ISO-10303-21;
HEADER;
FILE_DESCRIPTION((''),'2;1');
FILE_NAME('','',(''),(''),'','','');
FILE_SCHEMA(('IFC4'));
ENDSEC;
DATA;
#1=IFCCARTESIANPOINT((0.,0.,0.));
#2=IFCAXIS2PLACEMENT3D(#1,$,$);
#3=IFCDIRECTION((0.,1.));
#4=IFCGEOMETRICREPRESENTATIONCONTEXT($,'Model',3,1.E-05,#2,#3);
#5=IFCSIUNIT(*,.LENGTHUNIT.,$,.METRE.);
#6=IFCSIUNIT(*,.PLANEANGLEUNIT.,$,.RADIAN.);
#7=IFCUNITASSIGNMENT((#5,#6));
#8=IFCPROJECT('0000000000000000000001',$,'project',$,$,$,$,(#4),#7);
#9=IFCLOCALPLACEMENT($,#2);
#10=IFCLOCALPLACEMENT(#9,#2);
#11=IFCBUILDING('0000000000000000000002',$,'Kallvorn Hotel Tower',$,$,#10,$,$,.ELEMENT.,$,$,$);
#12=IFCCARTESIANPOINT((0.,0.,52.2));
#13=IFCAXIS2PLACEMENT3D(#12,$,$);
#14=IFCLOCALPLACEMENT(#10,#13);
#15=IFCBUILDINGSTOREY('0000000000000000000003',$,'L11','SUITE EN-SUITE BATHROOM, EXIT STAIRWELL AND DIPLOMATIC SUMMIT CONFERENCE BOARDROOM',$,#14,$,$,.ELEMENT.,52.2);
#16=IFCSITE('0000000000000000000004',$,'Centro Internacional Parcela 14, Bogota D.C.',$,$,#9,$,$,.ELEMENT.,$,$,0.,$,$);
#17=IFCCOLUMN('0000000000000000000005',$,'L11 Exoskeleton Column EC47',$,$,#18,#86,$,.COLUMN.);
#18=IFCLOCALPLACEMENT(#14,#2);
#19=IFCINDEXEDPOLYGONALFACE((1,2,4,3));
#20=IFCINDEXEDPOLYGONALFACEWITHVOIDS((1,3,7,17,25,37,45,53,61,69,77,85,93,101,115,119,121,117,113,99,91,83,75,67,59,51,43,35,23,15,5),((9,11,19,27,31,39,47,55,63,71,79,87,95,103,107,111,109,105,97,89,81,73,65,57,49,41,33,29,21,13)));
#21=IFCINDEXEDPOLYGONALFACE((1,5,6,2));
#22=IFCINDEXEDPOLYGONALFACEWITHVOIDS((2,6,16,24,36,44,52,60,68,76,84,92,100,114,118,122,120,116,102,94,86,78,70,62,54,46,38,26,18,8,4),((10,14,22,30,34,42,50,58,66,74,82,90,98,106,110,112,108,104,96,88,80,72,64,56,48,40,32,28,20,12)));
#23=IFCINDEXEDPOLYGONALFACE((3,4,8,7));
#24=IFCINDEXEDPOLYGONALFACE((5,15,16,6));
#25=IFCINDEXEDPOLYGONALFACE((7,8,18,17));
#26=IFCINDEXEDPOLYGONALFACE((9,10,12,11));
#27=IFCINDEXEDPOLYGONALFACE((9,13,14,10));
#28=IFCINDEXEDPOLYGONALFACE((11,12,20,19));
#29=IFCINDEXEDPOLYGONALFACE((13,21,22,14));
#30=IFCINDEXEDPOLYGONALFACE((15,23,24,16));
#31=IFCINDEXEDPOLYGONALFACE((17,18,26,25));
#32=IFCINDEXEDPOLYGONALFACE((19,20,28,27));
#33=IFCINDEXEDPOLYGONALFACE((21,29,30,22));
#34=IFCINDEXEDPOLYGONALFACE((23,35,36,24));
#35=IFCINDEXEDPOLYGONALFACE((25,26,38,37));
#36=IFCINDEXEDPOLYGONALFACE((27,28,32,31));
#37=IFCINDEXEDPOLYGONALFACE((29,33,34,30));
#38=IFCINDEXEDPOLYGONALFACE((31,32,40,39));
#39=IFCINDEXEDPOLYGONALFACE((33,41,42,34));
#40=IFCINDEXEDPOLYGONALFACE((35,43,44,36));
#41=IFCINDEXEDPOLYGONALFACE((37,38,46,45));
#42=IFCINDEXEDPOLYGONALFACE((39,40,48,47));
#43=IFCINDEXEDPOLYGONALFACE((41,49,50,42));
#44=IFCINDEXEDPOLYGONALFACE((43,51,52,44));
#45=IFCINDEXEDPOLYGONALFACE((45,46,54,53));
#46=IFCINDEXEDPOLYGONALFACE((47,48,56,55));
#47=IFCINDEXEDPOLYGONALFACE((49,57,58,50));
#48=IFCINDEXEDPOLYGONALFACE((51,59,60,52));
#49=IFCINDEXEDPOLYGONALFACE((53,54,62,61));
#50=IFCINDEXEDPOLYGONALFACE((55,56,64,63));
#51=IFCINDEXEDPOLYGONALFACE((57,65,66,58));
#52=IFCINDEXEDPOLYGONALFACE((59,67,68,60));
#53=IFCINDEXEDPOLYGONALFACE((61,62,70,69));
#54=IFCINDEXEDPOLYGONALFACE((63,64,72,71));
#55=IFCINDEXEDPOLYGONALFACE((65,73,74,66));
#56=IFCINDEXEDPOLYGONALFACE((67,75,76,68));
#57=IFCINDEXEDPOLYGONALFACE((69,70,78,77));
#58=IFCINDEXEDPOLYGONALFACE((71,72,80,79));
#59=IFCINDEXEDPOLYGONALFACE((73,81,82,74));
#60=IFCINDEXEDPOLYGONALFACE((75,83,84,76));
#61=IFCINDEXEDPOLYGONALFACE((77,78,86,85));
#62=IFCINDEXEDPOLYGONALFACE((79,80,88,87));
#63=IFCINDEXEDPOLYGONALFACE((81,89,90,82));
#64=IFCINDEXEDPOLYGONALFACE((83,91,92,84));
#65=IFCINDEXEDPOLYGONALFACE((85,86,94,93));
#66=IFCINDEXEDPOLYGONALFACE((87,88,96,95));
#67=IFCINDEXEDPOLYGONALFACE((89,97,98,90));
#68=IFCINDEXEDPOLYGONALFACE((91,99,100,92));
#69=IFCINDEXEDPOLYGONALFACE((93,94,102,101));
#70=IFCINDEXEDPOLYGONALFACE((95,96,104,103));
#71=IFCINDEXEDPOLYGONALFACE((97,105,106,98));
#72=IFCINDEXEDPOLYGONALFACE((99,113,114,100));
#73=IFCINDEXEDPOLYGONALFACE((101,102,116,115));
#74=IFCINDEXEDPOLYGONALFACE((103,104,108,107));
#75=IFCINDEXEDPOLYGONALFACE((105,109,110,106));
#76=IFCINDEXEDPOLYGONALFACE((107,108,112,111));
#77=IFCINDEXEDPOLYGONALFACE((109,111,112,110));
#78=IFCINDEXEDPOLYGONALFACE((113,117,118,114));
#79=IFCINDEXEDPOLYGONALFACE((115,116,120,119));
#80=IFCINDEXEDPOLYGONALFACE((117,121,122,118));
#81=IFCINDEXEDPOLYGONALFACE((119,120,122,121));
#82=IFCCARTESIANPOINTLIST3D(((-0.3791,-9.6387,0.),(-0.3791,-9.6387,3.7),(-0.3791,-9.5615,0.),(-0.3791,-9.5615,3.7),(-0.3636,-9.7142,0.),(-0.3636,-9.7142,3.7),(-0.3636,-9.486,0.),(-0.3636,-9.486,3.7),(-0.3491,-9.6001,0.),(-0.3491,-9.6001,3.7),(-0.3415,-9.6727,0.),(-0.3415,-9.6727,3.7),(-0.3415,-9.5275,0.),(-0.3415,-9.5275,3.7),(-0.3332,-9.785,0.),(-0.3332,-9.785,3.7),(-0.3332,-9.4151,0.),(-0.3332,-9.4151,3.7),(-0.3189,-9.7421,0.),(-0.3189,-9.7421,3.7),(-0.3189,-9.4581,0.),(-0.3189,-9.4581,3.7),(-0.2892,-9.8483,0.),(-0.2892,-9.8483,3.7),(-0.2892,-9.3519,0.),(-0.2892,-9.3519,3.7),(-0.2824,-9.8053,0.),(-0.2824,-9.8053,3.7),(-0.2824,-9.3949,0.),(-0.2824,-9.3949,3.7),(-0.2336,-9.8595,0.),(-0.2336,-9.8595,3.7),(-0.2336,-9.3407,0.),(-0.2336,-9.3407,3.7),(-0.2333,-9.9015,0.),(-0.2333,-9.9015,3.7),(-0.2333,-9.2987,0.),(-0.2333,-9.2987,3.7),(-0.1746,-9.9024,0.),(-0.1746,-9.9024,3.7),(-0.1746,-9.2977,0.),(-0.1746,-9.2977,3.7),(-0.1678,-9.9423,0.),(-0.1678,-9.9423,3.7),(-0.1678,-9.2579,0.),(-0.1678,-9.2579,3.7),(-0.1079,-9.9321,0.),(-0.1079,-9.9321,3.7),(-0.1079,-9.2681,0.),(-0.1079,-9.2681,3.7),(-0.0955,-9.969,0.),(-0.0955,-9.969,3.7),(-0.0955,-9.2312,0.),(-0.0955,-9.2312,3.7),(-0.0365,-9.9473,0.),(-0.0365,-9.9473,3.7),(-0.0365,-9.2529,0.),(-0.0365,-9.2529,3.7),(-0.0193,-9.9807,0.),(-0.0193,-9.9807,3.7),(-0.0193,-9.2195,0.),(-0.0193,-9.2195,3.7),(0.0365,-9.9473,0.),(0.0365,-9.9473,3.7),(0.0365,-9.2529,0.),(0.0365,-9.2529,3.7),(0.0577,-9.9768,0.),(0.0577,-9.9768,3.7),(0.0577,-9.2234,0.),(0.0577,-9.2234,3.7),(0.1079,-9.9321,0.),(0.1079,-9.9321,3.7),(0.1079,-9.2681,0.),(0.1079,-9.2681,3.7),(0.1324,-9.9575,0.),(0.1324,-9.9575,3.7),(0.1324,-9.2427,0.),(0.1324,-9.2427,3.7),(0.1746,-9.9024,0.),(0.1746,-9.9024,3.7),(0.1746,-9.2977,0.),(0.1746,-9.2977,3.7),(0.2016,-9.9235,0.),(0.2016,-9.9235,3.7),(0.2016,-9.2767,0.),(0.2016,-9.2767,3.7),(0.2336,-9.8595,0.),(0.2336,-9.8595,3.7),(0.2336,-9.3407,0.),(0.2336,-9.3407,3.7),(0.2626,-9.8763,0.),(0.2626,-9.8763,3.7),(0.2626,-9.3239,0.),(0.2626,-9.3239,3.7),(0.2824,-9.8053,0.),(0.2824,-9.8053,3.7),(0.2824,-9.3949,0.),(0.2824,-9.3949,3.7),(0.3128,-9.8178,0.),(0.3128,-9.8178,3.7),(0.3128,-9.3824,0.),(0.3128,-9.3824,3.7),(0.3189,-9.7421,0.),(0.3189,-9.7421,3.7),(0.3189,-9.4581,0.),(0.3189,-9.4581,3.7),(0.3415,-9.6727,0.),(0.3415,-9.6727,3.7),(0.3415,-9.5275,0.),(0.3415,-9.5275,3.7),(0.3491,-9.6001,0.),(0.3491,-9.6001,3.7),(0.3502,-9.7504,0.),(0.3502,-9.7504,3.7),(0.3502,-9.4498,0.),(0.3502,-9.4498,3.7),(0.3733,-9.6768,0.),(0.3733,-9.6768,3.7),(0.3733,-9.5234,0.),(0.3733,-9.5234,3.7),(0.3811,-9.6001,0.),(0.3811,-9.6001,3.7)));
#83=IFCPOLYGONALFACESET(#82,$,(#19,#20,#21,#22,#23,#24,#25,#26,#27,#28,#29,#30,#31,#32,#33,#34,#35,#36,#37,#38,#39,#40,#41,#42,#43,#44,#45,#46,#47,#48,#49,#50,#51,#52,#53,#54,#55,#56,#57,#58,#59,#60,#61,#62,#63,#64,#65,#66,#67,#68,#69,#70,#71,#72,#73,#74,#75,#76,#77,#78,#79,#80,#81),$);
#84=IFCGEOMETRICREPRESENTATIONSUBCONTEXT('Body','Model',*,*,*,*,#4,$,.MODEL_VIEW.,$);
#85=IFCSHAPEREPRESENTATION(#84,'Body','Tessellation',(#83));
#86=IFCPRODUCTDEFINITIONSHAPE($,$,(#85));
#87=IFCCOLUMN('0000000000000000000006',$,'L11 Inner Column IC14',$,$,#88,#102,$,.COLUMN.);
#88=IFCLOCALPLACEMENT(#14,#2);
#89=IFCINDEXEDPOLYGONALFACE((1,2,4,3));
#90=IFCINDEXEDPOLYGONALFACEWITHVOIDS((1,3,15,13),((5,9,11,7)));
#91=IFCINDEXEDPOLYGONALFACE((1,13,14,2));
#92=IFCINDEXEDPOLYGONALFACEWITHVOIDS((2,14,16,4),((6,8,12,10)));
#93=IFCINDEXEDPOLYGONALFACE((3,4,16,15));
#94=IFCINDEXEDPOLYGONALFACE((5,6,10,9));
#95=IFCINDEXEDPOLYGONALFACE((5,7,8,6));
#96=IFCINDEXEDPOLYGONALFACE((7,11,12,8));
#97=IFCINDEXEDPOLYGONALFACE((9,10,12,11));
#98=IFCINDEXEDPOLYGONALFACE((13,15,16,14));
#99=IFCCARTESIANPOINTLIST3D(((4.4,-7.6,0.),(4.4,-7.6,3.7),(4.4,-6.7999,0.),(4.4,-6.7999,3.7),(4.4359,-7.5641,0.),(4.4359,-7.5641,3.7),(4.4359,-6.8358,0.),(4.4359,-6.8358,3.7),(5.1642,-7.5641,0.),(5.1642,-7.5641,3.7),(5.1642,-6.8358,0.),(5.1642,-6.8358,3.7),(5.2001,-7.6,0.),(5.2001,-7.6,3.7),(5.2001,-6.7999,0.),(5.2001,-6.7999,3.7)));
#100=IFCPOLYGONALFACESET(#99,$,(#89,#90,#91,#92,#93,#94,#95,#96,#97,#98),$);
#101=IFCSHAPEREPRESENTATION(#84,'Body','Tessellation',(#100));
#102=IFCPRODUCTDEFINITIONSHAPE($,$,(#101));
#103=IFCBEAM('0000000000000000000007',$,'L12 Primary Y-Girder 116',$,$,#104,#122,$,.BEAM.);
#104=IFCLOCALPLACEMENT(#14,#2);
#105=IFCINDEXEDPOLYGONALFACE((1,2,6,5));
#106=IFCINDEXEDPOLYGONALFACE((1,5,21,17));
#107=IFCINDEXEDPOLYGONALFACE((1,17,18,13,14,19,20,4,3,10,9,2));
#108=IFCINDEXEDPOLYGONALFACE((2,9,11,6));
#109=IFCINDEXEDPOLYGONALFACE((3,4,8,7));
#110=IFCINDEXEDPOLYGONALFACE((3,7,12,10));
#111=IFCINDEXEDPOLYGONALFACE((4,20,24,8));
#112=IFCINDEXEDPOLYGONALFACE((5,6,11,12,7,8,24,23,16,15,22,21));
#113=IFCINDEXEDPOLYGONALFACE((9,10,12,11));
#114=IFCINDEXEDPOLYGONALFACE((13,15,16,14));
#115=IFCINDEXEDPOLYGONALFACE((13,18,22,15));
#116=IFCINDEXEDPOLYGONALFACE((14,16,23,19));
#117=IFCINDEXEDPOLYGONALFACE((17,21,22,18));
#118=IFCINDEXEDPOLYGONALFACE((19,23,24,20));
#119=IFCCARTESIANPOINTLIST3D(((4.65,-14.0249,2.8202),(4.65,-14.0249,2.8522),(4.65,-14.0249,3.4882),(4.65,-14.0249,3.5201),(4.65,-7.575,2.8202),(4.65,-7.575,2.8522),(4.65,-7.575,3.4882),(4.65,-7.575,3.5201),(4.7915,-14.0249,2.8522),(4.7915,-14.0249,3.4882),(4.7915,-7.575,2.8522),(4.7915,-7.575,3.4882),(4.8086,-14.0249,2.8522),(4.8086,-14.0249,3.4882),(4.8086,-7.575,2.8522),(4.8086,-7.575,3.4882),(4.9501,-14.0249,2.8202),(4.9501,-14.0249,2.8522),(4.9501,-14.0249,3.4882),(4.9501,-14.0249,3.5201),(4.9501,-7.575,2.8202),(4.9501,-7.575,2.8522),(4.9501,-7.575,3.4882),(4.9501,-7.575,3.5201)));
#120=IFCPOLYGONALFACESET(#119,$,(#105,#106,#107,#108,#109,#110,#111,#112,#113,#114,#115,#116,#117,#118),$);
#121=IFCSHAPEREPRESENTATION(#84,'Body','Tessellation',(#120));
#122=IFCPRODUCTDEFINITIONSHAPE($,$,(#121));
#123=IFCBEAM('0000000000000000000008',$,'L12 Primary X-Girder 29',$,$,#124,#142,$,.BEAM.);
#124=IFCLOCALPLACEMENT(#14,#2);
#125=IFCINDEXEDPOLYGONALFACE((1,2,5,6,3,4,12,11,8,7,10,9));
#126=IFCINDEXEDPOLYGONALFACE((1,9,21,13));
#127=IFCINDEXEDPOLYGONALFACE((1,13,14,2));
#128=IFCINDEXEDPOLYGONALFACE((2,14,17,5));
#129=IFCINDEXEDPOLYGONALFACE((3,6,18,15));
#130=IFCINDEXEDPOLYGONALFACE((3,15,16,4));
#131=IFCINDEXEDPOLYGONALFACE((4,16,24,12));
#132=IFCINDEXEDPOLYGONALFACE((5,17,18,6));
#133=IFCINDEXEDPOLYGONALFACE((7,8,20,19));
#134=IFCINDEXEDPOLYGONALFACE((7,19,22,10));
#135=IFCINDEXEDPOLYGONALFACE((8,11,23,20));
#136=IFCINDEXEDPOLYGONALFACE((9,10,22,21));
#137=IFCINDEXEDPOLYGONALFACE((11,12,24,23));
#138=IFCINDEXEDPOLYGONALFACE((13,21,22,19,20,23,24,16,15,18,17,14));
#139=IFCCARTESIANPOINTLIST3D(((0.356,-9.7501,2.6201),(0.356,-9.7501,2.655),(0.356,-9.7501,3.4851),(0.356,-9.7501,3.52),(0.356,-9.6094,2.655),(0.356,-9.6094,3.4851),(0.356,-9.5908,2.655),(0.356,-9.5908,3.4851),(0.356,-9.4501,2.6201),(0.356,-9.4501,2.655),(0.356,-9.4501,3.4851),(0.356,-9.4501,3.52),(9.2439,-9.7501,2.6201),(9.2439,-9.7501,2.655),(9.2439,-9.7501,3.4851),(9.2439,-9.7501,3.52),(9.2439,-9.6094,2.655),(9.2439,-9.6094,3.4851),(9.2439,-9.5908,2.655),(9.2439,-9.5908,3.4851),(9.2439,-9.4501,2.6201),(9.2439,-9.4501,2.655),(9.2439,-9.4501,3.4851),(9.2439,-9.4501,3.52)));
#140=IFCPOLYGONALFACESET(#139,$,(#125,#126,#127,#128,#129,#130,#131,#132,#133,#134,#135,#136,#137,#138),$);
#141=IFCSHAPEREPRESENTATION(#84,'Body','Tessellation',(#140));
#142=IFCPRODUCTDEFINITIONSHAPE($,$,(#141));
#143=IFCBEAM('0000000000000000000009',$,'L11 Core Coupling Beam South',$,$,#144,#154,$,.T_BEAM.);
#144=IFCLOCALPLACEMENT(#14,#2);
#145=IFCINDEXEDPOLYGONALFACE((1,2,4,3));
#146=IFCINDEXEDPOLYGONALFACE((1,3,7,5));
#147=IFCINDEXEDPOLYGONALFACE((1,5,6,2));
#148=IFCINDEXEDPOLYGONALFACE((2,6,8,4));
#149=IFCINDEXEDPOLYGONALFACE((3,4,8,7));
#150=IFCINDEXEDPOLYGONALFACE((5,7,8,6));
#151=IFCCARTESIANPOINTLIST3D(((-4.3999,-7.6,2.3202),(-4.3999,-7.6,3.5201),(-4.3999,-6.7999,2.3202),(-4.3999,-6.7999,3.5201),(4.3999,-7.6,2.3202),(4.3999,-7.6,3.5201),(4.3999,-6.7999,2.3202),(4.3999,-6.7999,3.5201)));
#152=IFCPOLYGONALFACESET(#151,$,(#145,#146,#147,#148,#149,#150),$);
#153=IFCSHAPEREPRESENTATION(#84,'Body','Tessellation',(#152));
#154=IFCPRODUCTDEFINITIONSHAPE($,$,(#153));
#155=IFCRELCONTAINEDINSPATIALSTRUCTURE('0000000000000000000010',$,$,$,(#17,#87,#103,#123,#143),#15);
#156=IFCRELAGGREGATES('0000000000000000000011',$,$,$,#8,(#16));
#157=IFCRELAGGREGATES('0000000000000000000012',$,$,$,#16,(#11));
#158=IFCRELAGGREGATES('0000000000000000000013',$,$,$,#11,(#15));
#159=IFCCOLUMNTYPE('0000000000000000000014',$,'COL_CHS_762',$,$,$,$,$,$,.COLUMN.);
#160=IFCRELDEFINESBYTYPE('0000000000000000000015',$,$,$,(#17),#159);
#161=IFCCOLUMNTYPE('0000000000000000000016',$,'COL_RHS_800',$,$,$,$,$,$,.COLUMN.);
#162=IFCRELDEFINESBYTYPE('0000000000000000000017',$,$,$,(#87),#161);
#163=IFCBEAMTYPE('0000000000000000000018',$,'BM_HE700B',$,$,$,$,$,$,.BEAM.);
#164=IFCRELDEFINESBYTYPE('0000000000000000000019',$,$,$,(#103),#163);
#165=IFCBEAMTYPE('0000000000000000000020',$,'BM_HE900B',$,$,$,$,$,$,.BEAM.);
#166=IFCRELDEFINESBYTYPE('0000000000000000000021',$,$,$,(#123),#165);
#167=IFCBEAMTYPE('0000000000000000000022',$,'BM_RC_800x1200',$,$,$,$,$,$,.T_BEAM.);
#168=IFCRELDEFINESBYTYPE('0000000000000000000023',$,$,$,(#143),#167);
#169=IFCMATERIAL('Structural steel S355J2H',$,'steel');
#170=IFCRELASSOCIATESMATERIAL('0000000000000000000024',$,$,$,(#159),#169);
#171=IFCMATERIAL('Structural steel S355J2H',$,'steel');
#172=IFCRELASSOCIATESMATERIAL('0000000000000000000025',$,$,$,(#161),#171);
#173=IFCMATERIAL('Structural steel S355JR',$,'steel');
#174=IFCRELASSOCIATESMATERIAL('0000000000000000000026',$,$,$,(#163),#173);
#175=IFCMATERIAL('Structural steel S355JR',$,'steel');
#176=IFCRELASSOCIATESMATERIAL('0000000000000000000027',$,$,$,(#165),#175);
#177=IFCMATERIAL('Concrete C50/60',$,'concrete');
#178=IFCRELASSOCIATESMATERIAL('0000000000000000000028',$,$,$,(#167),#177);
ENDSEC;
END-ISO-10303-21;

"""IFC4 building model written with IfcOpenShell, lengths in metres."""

from ifc_helpers import new_model, si_unit, direction, frame, origin, origin_2d, place, context, subcontext, project, spatial, rectangle, hollow_rectangle, hollow_circle, i_section, extrude, material, material_profile, profile_set, type_object, element, save


model = new_model("IFC4")

# Units and contexts
model_context = context("Model", 3, precision=1e-05, world=origin(), true_north=direction((0.0, 1.0)))
body_context = subcontext(model_context, "Body", "Model", "MODEL_VIEW")
ifc_project = project(units=[si_unit("LENGTHUNIT", "METRE"), si_unit("PLANEANGLEUNIT", "RADIAN")], contexts=[model_context])

# Site, building, storey
site_placement = place(None, origin())
site = spatial("IfcSite", under=ifc_project, at=site_placement, Name="Centro Internacional Parcela 14, Bogota D.C.", CompositionType="ELEMENT", RefElevation=0.0)
building_placement = place(site_placement, origin())
building = spatial("IfcBuilding", under=site, at=building_placement, Name="Kallvorn Hotel Tower", CompositionType="ELEMENT")
storey_placement = place(building_placement, frame((0.0, 0.0, 52.2)))
storey = spatial("IfcBuildingStorey", under=building, at=storey_placement, Name="L11", Description="SUITE EN-SUITE BATHROOM, EXIT STAIRWELL AND DIPLOMATIC SUMMIT CONFERENCE BOARDROOM", CompositionType="ELEMENT", Elevation=52.2)

# Columns
ifc_material_1 = material(Name="Structural steel S355J2H", Category="steel")
ifc_material_profile_1 = material_profile(ifc_material_1, hollow_circle(Radius=0.3811, WallThickness=0.032, at=origin_2d()), Name="CHS 762x32")
ifc_profile_set_1 = profile_set([ifc_material_profile_1], Name="Structural steel S355J2H")
column_type_1 = type_object("IfcColumnType", Name="COL_CHS_762", PredefinedType="COLUMN", material=ifc_profile_set_1)
column_1_placement = place(storey_placement, frame((0.0, -9.6001, 0.0), z_axis=(0.0, 0.0, 1.0), x_axis=(1.0, 0.0, 0.0)))
element("IfcColumn", 1, at=column_1_placement, inside=storey, type_object=column_type_1, Name="L11 Exoskeleton Column EC47", PredefinedType="COLUMN", context=body_context, shape_type="SweptSolid", body=[
    extrude(hollow_circle(Radius=0.3811, WallThickness=0.032, at=origin_2d()), origin(), (0.0, 0.0, 1.0), 3.7),
])
ifc_material_2 = material(Name="Structural steel S355J2H", Category="steel")
ifc_material_profile_2 = material_profile(ifc_material_2, hollow_rectangle(XDim=0.8, YDim=0.8, WallThickness=0.0359, at=origin_2d()), Name="RHS 800x800x36")
ifc_profile_set_2 = profile_set([ifc_material_profile_2], Name="Structural steel S355J2H")
column_type_2 = type_object("IfcColumnType", Name="COL_RHS_800", PredefinedType="COLUMN", material=ifc_profile_set_2)
column_2_placement = place(storey_placement, frame((4.8, -7.2, 0.0), z_axis=(0.0, 0.0, 1.0), x_axis=(1.0, 0.0, 0.0)))
element("IfcColumn", 2, at=column_2_placement, inside=storey, type_object=column_type_2, Name="L11 Inner Column IC14", PredefinedType="COLUMN", context=body_context, shape_type="SweptSolid", body=[
    extrude(hollow_rectangle(XDim=0.8, YDim=0.8, WallThickness=0.0359, at=origin_2d()), origin(), (0.0, 0.0, 1.0), 3.7),
])

# Beams
ifc_material_3 = material(Name="Structural steel S355JR", Category="steel")
ifc_material_profile_3 = material_profile(ifc_material_3, i_section(OverallWidth=0.3, OverallDepth=0.7, WebThickness=0.0171, FlangeThickness=0.032, at=origin_2d()), Name="HE 700 B")
ifc_profile_set_3 = profile_set([ifc_material_profile_3], Name="Structural steel S355JR")
beam_type_1 = type_object("IfcBeamType", Name="BM_HE700B", PredefinedType="BEAM", material=ifc_profile_set_3)
beam_1_placement = place(storey_placement, frame((4.8, -14.0249, 3.1702), z_axis=(0.0, 1.0, 0.0), x_axis=(-1.0, 0.0, 0.0)))
element("IfcBeam", 3, at=beam_1_placement, inside=storey, type_object=beam_type_1, Name="L12 Primary Y-Girder 116", PredefinedType="BEAM", context=body_context, shape_type="SweptSolid", body=[
    extrude(i_section(OverallWidth=0.3, OverallDepth=0.7, WebThickness=0.0171, FlangeThickness=0.032, at=origin_2d()), origin(), (0.0, 0.0, 1.0), 6.45),
])
ifc_material_4 = material(Name="Structural steel S355JR", Category="steel")
ifc_material_profile_4 = material_profile(ifc_material_4, i_section(OverallWidth=0.3, OverallDepth=0.8999, WebThickness=0.0186, FlangeThickness=0.0349, at=origin_2d()), Name="HE 900 B")
ifc_profile_set_4 = profile_set([ifc_material_profile_4], Name="Structural steel S355JR")
beam_type_2 = type_object("IfcBeamType", Name="BM_HE900B", PredefinedType="BEAM", material=ifc_profile_set_4)
beam_2_placement = place(storey_placement, frame((0.356, -9.6001, 3.0701), z_axis=(1.0, 0.0, 0.0), x_axis=(0.0, 1.0, 0.0)))
element("IfcBeam", 4, at=beam_2_placement, inside=storey, type_object=beam_type_2, Name="L12 Primary X-Girder 29", PredefinedType="BEAM", context=body_context, shape_type="SweptSolid", body=[
    extrude(i_section(OverallWidth=0.3, OverallDepth=0.8999, WebThickness=0.0186, FlangeThickness=0.0349, at=origin_2d()), origin(), (0.0, 0.0, 1.0), 8.8879),
])
ifc_material_5 = material(Name="Concrete C50/60", Category="concrete")
ifc_material_profile_5 = material_profile(ifc_material_5, rectangle(XDim=0.8, YDim=1.2, at=origin_2d()), Name="RC 800x1200")
ifc_profile_set_5 = profile_set([ifc_material_profile_5], Name="Concrete C50/60")
beam_type_3 = type_object("IfcBeamType", Name="BM_RC_800x1200", PredefinedType="T_BEAM", material=ifc_profile_set_5)
beam_3_placement = place(storey_placement, frame((-4.3999, -7.2, 2.9202), z_axis=(1.0, 0.0, 0.0), x_axis=(0.0, 1.0, 0.0)))
element("IfcBeam", 5, at=beam_3_placement, inside=storey, type_object=beam_type_3, Name="L11 Core Coupling Beam South", PredefinedType="T_BEAM", context=body_context, shape_type="SweptSolid", body=[
    extrude(rectangle(XDim=0.8, YDim=1.2, at=origin_2d()), origin(), (0.0, 0.0, 1.0), 8.7998),
])

save(model, "model.ifc")
